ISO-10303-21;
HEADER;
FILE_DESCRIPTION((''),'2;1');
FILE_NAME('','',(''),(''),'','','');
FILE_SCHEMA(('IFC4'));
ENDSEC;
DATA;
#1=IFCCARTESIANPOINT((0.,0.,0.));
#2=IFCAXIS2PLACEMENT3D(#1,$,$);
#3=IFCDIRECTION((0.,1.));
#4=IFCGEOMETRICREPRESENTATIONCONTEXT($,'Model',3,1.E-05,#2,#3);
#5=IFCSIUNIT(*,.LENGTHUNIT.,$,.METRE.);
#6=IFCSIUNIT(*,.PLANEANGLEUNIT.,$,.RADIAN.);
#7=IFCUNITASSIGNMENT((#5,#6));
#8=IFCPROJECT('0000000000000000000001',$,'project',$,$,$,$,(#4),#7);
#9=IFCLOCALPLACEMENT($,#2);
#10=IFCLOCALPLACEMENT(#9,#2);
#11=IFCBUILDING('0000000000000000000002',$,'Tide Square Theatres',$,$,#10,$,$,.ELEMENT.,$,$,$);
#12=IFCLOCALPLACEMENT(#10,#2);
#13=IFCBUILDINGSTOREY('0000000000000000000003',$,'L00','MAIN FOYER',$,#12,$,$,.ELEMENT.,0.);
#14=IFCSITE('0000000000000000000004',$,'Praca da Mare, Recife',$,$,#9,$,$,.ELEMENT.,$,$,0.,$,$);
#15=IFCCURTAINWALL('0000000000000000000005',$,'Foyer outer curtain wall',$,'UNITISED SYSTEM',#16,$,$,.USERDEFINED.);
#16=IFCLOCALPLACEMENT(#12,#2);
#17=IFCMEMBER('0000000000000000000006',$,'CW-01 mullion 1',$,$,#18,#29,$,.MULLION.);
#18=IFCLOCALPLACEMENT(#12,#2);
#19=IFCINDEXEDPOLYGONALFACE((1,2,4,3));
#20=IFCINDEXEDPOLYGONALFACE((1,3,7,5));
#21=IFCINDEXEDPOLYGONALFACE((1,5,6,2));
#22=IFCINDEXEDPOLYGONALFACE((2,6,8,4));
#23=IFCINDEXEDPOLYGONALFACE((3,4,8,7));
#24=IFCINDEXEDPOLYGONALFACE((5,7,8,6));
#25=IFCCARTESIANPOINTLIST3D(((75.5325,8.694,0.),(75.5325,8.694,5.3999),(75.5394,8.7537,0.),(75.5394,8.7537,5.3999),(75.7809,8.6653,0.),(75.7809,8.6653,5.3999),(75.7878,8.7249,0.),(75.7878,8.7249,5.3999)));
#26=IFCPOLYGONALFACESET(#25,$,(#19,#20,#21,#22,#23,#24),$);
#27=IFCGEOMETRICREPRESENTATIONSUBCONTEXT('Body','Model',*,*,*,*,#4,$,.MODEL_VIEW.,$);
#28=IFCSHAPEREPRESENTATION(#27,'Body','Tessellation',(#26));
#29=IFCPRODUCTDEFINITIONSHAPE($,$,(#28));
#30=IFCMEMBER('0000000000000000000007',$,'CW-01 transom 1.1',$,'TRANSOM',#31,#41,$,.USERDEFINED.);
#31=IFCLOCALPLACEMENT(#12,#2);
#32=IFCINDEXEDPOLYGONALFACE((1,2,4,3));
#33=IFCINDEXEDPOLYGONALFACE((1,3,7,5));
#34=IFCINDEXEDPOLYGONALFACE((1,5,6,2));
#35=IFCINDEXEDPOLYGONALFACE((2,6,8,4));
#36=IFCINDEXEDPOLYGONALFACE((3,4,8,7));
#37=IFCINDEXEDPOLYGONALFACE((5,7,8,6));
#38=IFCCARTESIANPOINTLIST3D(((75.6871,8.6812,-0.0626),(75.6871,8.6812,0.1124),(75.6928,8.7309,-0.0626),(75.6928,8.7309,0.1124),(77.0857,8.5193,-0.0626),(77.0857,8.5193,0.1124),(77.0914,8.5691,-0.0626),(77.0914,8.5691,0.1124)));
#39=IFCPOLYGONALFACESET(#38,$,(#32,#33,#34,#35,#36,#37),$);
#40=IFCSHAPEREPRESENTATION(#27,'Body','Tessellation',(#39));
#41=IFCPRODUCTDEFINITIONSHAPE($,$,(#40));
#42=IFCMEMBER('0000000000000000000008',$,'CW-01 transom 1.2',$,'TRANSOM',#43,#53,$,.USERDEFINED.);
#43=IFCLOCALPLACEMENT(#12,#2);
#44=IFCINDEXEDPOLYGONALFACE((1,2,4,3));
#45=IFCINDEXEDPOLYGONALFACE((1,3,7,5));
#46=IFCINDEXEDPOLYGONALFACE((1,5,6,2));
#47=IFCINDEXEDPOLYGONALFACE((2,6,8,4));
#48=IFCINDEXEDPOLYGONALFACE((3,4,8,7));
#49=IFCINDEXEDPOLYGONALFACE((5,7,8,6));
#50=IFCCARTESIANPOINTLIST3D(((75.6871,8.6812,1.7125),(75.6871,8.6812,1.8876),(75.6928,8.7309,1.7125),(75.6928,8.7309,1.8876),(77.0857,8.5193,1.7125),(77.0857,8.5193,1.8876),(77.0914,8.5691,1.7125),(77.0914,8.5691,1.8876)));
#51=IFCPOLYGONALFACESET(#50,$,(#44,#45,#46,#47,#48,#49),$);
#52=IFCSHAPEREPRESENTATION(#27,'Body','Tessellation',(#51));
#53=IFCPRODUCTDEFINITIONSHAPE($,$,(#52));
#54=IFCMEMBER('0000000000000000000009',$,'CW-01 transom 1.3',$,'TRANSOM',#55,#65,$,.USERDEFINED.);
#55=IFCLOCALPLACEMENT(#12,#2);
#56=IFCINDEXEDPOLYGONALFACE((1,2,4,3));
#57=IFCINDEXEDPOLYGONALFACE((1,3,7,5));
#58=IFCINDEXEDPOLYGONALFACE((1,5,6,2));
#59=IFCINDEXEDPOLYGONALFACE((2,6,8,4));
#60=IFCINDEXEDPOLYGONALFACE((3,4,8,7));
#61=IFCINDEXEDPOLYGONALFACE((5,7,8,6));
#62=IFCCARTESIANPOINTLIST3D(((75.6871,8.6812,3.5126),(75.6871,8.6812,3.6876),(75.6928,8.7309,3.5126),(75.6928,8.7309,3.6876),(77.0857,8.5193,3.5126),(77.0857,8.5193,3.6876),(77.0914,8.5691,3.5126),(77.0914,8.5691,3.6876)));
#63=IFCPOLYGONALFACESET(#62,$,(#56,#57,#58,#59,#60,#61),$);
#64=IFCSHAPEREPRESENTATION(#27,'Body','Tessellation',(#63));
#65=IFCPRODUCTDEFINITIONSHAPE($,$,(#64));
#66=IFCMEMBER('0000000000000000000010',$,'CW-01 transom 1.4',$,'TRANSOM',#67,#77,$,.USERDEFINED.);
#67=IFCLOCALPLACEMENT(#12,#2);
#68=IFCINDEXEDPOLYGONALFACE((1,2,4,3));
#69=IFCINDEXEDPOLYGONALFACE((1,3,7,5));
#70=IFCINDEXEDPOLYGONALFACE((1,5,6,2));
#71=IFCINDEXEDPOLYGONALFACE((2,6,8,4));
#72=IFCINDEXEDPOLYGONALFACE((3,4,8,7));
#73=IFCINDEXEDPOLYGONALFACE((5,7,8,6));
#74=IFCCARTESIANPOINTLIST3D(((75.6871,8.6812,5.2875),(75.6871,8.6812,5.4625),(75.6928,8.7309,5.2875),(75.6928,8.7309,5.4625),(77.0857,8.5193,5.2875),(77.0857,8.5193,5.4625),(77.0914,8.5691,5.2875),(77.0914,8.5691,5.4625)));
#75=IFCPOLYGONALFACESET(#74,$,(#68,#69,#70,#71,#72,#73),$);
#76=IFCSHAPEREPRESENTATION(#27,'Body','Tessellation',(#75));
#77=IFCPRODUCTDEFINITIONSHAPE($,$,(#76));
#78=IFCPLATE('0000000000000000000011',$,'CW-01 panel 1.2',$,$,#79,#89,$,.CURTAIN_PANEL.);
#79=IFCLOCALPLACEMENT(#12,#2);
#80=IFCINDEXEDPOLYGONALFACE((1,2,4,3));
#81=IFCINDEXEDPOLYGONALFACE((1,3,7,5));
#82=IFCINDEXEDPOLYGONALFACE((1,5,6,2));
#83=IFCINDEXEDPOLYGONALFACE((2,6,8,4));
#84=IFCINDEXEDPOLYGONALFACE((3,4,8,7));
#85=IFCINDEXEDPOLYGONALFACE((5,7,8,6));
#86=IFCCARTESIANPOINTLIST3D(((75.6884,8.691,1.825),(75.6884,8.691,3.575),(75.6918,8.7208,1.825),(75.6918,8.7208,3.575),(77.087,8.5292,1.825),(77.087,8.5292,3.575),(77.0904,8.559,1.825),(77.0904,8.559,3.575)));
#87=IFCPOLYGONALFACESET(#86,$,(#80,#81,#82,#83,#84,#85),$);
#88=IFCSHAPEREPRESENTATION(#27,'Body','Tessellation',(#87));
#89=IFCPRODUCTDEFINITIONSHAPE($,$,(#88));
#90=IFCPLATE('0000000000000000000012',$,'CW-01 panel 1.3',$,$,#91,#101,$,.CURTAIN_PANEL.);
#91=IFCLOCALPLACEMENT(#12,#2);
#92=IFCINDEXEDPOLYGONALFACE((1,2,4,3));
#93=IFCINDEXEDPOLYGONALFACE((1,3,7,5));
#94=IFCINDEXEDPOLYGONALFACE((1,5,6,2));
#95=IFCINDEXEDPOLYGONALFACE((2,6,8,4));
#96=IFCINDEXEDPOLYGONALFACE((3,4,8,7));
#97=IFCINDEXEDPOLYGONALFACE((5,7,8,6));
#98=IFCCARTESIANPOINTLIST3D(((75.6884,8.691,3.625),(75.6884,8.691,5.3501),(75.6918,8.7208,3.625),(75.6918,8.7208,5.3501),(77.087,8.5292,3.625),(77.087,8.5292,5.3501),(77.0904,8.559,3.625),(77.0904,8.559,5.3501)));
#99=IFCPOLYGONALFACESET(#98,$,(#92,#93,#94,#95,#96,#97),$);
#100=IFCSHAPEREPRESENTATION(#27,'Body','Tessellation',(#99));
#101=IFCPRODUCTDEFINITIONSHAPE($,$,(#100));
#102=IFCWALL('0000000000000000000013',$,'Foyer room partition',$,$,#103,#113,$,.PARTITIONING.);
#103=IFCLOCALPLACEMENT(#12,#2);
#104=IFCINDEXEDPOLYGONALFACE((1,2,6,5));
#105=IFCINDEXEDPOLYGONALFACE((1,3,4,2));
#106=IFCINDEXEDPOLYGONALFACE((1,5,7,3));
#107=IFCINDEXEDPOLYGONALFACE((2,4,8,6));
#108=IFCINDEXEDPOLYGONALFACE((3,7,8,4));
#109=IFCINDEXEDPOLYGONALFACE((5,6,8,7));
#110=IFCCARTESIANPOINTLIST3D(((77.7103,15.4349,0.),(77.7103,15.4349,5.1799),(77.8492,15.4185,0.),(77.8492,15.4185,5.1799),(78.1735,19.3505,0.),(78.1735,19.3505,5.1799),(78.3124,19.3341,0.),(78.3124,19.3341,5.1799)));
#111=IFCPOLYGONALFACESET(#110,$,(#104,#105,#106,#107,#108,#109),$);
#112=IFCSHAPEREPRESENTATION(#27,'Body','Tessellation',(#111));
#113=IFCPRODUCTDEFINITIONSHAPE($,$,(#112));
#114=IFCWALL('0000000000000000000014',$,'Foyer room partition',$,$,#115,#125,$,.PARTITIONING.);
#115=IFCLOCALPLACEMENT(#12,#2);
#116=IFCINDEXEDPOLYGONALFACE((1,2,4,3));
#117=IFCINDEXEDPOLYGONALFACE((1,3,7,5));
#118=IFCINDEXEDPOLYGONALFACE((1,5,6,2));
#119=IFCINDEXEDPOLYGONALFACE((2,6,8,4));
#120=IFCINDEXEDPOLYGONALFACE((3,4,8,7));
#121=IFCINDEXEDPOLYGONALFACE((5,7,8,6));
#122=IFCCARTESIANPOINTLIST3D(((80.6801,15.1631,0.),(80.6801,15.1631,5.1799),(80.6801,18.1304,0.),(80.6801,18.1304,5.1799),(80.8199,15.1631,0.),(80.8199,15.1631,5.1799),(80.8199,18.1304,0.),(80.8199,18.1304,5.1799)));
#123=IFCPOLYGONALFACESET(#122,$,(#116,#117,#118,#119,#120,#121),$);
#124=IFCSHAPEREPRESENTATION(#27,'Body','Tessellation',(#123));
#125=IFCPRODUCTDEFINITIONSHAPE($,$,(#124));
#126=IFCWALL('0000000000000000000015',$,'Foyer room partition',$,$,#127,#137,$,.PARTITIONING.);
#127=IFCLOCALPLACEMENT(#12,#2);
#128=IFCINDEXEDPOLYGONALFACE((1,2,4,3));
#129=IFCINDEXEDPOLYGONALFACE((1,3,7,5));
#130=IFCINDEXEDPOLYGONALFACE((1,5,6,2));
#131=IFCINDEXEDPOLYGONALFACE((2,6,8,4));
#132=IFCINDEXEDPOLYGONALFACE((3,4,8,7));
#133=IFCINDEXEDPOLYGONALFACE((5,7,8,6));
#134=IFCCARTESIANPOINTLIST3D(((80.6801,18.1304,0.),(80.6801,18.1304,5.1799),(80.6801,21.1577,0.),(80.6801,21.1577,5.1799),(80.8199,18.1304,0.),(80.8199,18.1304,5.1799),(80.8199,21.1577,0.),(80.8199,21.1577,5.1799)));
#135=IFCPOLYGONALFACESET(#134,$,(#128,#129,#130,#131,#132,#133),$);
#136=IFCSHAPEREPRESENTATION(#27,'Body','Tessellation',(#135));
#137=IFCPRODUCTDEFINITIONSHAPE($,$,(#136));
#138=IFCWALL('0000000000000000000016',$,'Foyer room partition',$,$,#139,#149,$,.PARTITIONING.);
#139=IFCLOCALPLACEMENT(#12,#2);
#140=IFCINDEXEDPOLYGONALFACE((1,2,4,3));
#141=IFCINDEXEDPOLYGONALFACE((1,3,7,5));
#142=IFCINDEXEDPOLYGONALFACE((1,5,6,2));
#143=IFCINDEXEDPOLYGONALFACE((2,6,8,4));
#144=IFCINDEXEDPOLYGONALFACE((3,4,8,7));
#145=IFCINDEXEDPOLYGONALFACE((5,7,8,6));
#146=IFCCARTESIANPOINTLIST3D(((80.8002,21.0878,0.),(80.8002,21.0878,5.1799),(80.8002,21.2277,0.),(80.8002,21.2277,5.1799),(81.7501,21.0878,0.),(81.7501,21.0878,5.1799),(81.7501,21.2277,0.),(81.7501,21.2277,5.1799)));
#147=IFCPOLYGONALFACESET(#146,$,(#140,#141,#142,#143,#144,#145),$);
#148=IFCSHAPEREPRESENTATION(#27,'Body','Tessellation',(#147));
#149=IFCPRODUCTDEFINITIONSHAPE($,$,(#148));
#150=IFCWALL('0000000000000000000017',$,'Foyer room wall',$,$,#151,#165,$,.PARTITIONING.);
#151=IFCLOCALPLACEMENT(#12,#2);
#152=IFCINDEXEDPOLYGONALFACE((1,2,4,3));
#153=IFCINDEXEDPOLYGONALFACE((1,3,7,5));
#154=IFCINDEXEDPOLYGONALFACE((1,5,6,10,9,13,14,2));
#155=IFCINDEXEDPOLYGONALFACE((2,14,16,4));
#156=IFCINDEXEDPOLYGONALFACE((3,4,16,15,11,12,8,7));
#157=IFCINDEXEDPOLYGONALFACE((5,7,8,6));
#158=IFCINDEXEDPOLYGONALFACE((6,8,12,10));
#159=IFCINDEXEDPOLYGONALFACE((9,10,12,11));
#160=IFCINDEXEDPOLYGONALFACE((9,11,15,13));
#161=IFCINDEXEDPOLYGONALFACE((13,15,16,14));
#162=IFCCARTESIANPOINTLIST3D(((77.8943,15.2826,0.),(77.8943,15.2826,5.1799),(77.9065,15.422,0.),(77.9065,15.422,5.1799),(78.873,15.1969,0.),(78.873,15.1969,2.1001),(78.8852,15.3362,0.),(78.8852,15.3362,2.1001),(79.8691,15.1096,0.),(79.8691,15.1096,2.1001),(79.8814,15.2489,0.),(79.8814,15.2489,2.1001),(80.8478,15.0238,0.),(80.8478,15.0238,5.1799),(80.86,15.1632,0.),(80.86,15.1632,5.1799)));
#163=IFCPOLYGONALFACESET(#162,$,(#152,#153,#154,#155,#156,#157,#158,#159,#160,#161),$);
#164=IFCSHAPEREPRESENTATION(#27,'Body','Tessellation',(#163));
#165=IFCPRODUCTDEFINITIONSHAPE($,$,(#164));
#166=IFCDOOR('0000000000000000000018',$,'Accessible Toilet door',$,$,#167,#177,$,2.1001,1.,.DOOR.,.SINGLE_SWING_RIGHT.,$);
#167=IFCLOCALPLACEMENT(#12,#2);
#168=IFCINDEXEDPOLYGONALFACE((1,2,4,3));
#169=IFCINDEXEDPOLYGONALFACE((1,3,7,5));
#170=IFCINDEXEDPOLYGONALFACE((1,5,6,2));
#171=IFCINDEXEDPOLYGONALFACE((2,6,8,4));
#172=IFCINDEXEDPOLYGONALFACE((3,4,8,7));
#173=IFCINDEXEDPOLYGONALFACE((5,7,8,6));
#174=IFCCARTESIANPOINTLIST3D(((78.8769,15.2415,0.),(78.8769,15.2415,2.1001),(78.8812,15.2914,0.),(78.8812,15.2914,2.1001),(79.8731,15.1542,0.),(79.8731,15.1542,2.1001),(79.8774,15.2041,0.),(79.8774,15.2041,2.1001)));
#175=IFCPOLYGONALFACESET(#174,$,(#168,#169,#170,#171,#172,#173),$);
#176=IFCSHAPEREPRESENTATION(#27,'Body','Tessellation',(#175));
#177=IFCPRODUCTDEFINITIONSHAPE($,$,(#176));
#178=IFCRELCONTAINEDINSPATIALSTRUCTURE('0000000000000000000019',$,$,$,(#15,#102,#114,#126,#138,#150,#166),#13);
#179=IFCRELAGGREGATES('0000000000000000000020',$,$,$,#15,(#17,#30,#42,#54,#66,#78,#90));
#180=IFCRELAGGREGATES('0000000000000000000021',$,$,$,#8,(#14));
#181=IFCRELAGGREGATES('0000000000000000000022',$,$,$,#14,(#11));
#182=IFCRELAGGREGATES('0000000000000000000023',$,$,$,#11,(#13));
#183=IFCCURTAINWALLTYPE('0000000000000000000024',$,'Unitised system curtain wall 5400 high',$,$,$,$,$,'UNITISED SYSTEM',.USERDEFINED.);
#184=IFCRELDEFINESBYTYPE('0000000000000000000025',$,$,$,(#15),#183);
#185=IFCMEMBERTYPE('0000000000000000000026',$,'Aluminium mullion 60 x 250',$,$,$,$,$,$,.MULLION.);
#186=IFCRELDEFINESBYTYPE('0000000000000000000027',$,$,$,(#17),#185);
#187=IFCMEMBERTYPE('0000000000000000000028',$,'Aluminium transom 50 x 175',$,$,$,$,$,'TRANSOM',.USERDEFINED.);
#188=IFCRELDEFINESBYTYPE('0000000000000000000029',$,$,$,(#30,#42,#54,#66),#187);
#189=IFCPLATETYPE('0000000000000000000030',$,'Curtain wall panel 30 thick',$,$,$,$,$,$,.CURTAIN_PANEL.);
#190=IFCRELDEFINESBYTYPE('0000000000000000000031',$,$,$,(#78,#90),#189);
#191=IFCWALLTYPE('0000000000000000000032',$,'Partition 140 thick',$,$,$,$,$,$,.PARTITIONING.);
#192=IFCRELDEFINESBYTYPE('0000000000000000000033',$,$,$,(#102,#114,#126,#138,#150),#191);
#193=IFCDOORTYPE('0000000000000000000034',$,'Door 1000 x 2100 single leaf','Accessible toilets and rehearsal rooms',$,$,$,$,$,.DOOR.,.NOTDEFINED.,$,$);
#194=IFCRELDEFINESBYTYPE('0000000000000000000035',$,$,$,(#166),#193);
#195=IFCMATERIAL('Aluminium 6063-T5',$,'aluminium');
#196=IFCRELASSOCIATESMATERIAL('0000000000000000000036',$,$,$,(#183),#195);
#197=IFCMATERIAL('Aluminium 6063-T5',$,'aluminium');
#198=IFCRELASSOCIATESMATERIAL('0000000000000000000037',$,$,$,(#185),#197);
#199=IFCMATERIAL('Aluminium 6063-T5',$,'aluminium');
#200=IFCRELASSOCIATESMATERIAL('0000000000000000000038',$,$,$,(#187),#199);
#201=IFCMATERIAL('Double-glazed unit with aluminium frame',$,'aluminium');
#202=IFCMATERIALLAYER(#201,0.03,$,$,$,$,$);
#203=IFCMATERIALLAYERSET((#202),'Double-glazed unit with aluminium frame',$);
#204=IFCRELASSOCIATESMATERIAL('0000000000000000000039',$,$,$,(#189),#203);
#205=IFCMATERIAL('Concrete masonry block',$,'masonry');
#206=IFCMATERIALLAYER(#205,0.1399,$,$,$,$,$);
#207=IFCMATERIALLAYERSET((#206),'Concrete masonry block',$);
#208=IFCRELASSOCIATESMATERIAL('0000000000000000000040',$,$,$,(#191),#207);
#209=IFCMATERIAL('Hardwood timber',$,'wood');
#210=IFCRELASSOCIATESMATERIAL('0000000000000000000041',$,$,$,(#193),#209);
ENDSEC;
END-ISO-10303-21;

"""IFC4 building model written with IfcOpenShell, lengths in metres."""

from ifc_helpers import new_model, si_unit, direction, frame, frame_2d, origin, origin_2d, place, context, subcontext, project, spatial, rectangle, extrude, material, layer, layer_set, material_profile, profile_set, type_object, element, fill, aggregate, save


model = new_model("IFC4")

# Units and contexts
model_context = context("Model", 3, precision=1e-05, world=origin(), true_north=direction((0.0, 1.0)))
body_context = subcontext(model_context, "Body", "Model", "MODEL_VIEW")
ifc_project = project(units=[si_unit("LENGTHUNIT", "METRE"), si_unit("PLANEANGLEUNIT", "RADIAN")], contexts=[model_context])

# Site, building, storey
site_placement = place(None, origin())
site = spatial("IfcSite", under=ifc_project, at=site_placement, Name="Praca da Mare, Recife", CompositionType="ELEMENT", RefElevation=0.0)
building_placement = place(site_placement, origin())
building = spatial("IfcBuilding", under=site, at=building_placement, Name="Tide Square Theatres", CompositionType="ELEMENT")
storey_placement = place(building_placement, origin())
storey = spatial("IfcBuildingStorey", under=building, at=storey_placement, Name="L00", Description="MAIN FOYER", CompositionType="ELEMENT", Elevation=0.0)

# Curtain wall, members, plates
ifc_material_1 = material(Name="Aluminium 6063-T5", Category="aluminium")
curtain_wall_type = type_object("IfcCurtainWallType", Name="Unitised system curtain wall 5400 high", ElementType="UNITISED SYSTEM", PredefinedType="USERDEFINED", material=ifc_material_1)
curtain_wall_placement = place(storey_placement, origin())
curtain_wall = element("IfcCurtainWall", 1, at=curtain_wall_placement, inside=storey, type_object=curtain_wall_type, Name="Foyer outer curtain wall", ObjectType="UNITISED SYSTEM", PredefinedType="USERDEFINED")
ifc_material_2 = material(Name="Aluminium 6063-T5", Category="aluminium")
ifc_material_profile_1 = material_profile(ifc_material_2, rectangle(XDim=0.0601, YDim=0.25, at=origin_2d()))
ifc_profile_set_1 = profile_set([ifc_material_profile_1], Name="Aluminium 6063-T5")
member_type_1 = type_object("IfcMemberType", Name="Aluminium mullion 60 x 250", PredefinedType="MULLION", material=ifc_profile_set_1)
member_1_placement = place(storey_placement, frame((75.6602, 8.7095, 0.0), z_axis=(0.0, 0.0, 1.0), x_axis=(0.114955, 0.993371, 0.0)))
member_1 = element("IfcMember", 2, at=member_1_placement, type_object=member_type_1, Name="CW-01 mullion 1", PredefinedType="MULLION", context=body_context, shape_type="SweptSolid", body=[
    extrude(rectangle(XDim=0.0601, YDim=0.25, at=origin_2d()), origin(), (0.0, 0.0, 1.0), 5.3999),
])
ifc_material_3 = material(Name="Aluminium 6063-T5", Category="aluminium")
ifc_material_profile_2 = material_profile(ifc_material_3, rectangle(XDim=0.05, YDim=0.175, at=origin_2d()))
ifc_profile_set_2 = profile_set([ifc_material_profile_2], Name="Aluminium 6063-T5")
member_type_2 = type_object("IfcMemberType", Name="Aluminium transom 50 x 175", ElementType="TRANSOM", PredefinedType="USERDEFINED", material=ifc_profile_set_2)
member_2_placement = place(storey_placement, frame((75.6899, 8.7061, 0.0249), z_axis=(0.99337, -0.11496, 0.0), x_axis=(0.11496, 0.99337, 0.0)))
member_2 = element("IfcMember", 3, at=member_2_placement, type_object=member_type_2, Name="CW-01 transom 1.1", ObjectType="TRANSOM", PredefinedType="USERDEFINED", context=body_context, shape_type="SweptSolid", body=[
    extrude(rectangle(XDim=0.05, YDim=0.175, at=origin_2d()), origin(), (0.0, 0.0, 1.0), 1.408),
])
member_3_placement = place(storey_placement, frame((75.6899, 8.7061, 1.8), z_axis=(0.99337, -0.11496, 0.0), x_axis=(0.11496, 0.99337, 0.0)))
member_3 = element("IfcMember", 4, at=member_3_placement, type_object=member_type_2, Name="CW-01 transom 1.2", ObjectType="TRANSOM", PredefinedType="USERDEFINED", context=body_context, shape_type="SweptSolid", body=[
    extrude(rectangle(XDim=0.05, YDim=0.175, at=origin_2d()), origin(), (0.0, 0.0, 1.0), 1.408),
])
member_4_placement = place(storey_placement, frame((75.6899, 8.7061, 3.6001), z_axis=(0.99337, -0.11496, 0.0), x_axis=(0.11496, 0.99337, 0.0)))
member_4 = element("IfcMember", 5, at=member_4_placement, type_object=member_type_2, Name="CW-01 transom 1.3", ObjectType="TRANSOM", PredefinedType="USERDEFINED", context=body_context, shape_type="SweptSolid", body=[
    extrude(rectangle(XDim=0.05, YDim=0.175, at=origin_2d()), origin(), (0.0, 0.0, 1.0), 1.408),
])
member_5_placement = place(storey_placement, frame((75.6899, 8.7061, 5.375), z_axis=(0.99337, -0.11496, 0.0), x_axis=(0.11496, 0.99337, 0.0)))
member_5 = element("IfcMember", 6, at=member_5_placement, type_object=member_type_2, Name="CW-01 transom 1.4", ObjectType="TRANSOM", PredefinedType="USERDEFINED", context=body_context, shape_type="SweptSolid", body=[
    extrude(rectangle(XDim=0.05, YDim=0.175, at=origin_2d()), origin(), (0.0, 0.0, 1.0), 1.408),
])
ifc_material_4 = material(Name="Double-glazed unit with aluminium frame", Category="aluminium")
ifc_layer_1 = layer(ifc_material_4, 0.03)
ifc_layer_set_1 = layer_set([ifc_layer_1], Name="Double-glazed unit with aluminium frame")
plate_type = type_object("IfcPlateType", Name="Curtain wall panel 30 thick", PredefinedType="CURTAIN_PANEL", material=ifc_layer_set_1)
plate_1_placement = place(storey_placement, frame((76.3894, 8.625, 1.825), z_axis=(0.0, 0.0, 1.0), x_axis=(0.993371, -0.114955, 0.0)))
plate_1 = element("IfcPlate", 7, at=plate_1_placement, type_object=plate_type, Name="CW-01 panel 1.2", PredefinedType="CURTAIN_PANEL", context=body_context, shape_type="SweptSolid", body=[
    extrude(rectangle(XDim=1.408, YDim=0.03, at=origin_2d()), origin(), (0.0, 0.0, 1.0), 1.75),
])
plate_2_placement = place(storey_placement, frame((76.3894, 8.625, 3.625), z_axis=(0.0, 0.0, 1.0), x_axis=(0.993371, -0.114955, 0.0)))
plate_2 = element("IfcPlate", 8, at=plate_2_placement, type_object=plate_type, Name="CW-01 panel 1.3", PredefinedType="CURTAIN_PANEL", context=body_context, shape_type="SweptSolid", body=[
    extrude(rectangle(XDim=1.408, YDim=0.03, at=origin_2d()), origin(), (0.0, 0.0, 1.0), 1.7251),
])
aggregate(curtain_wall, [member_1, member_2, member_3, member_4, member_5, plate_1, plate_2])

# Walls
ifc_material_5 = material(Name="Concrete masonry block", Category="masonry")
ifc_layer_2 = layer(ifc_material_5, 0.1399)
ifc_layer_set_2 = layer_set([ifc_layer_2], Name="Concrete masonry block")
wall_type_1 = type_object("IfcWallType", Name="Partition 140 thick", PredefinedType="PARTITIONING", material=ifc_layer_set_2)
wall_1_placement = place(storey_placement, frame((78.2429, 19.3423, 0.0), z_axis=(0.0, 0.0, 1.0), x_axis=(-0.117463, -0.993077, 0.0)))
element("IfcWall", 9, at=wall_1_placement, inside=storey, type_object=wall_type_1, Name="Foyer room partition", PredefinedType="PARTITIONING", context=body_context, shape_type="SweptSolid", body=[
    extrude(rectangle(XDim=3.9429, YDim=0.1399, at=frame_2d((1.9714, 0.0))), origin(), (0.0, 0.0, 1.0), 5.1799),
])
wall_2_placement = place(storey_placement, frame((80.75, 15.1631, 0.0), z_axis=(0.0, 0.0, 1.0), x_axis=(0.0, 1.0, 0.0)))
element("IfcWall", 10, at=wall_2_placement, inside=storey, type_object=wall_type_1, Name="Foyer room partition", PredefinedType="PARTITIONING", context=body_context, shape_type="SweptSolid", body=[
    extrude(rectangle(XDim=2.9673, YDim=0.1399, at=frame_2d((1.4836, 0.0))), origin(), (0.0, 0.0, 1.0), 5.1799),
])
wall_3_placement = place(storey_placement, frame((80.75, 18.1304, 0.0), z_axis=(0.0, 0.0, 1.0), x_axis=(0.0, 1.0, 0.0)))
element("IfcWall", 11, at=wall_3_placement, inside=storey, type_object=wall_type_1, Name="Foyer room partition", PredefinedType="PARTITIONING", context=body_context, shape_type="SweptSolid", body=[
    extrude(rectangle(XDim=3.0273, YDim=0.1399, at=frame_2d((1.5137, 0.0))), origin(), (0.0, 0.0, 1.0), 5.1799),
])
wall_4_placement = place(storey_placement, frame((80.8, 21.1577, 0.0), z_axis=(0.0, 0.0, 1.0), x_axis=(1.0, 0.0, 0.0)))
element("IfcWall", 12, at=wall_4_placement, inside=storey, type_object=wall_type_1, Name="Foyer room partition", PredefinedType="PARTITIONING", context=body_context, shape_type="SweptSolid", body=[
    extrude(rectangle(XDim=0.95, YDim=0.1399, at=frame_2d((0.4751, 0.0))), origin(), (0.0, 0.0, 1.0), 5.1799),
])

# Wall, opening, door
wall_5_placement = place(storey_placement, frame((77.9004, 15.3523, 0.0), z_axis=(0.0, 0.0, 1.0), x_axis=(0.996184, -0.087283, 0.0)))
wall_5 = element("IfcWall", 13, at=wall_5_placement, inside=storey, type_object=wall_type_1, Name="Foyer room wall", PredefinedType="PARTITIONING", context=body_context, shape_type="SweptSolid", body=[
    extrude(rectangle(XDim=2.9648, YDim=0.1399, at=frame_2d((1.4824, 0.0))), origin(), (0.0, 0.0, 1.0), 5.1799),
])
opening_1_placement = place(wall_5_placement, frame((0.9824, 0.0, 0.0)))
opening_1 = element("IfcOpeningElement", 14, at=opening_1_placement, cuts=wall_5, PredefinedType="OPENING", context=body_context, shape_type="SweptSolid", body=[
    extrude(rectangle(XDim=1.0, YDim=2.1001, at=frame_2d((0.5, 1.05))), frame((0.0, 0.0798, 0.0), z_axis=(0.0, -1.0, 0.0), x_axis=(1.0, 0.0, 0.0)), (0.0, 0.0, 1.0), 0.1599),
])
ifc_material_6 = material(Name="Hardwood timber", Category="wood")
door_type_1 = type_object("IfcDoorType", Name="Door 1000 x 2100 single leaf", Description="Accessible toilets and rehearsal rooms", OperationType="NOTDEFINED", PredefinedType="DOOR", material=ifc_material_6)
door_1_placement = place(opening_1_placement, origin())
door_1 = element("IfcDoor", 15, at=door_1_placement, inside=storey, type_object=door_type_1, Name="Accessible Toilet door", OperationType="SINGLE_SWING_RIGHT", OverallHeight=2.1001, OverallWidth=1.0, PredefinedType="DOOR", context=body_context, shape_type="SweptSolid", body=[
    extrude(rectangle(XDim=1.0, YDim=2.1001, at=frame_2d((0.5, 1.05))), frame((0.0, 0.0249, 0.0), z_axis=(0.0, -1.0, 0.0), x_axis=(1.0, 0.0, 0.0)), (0.0, 0.0, 1.0), 0.05),
])
fill(opening_1, door_1)

save(model, "model.ifc")
